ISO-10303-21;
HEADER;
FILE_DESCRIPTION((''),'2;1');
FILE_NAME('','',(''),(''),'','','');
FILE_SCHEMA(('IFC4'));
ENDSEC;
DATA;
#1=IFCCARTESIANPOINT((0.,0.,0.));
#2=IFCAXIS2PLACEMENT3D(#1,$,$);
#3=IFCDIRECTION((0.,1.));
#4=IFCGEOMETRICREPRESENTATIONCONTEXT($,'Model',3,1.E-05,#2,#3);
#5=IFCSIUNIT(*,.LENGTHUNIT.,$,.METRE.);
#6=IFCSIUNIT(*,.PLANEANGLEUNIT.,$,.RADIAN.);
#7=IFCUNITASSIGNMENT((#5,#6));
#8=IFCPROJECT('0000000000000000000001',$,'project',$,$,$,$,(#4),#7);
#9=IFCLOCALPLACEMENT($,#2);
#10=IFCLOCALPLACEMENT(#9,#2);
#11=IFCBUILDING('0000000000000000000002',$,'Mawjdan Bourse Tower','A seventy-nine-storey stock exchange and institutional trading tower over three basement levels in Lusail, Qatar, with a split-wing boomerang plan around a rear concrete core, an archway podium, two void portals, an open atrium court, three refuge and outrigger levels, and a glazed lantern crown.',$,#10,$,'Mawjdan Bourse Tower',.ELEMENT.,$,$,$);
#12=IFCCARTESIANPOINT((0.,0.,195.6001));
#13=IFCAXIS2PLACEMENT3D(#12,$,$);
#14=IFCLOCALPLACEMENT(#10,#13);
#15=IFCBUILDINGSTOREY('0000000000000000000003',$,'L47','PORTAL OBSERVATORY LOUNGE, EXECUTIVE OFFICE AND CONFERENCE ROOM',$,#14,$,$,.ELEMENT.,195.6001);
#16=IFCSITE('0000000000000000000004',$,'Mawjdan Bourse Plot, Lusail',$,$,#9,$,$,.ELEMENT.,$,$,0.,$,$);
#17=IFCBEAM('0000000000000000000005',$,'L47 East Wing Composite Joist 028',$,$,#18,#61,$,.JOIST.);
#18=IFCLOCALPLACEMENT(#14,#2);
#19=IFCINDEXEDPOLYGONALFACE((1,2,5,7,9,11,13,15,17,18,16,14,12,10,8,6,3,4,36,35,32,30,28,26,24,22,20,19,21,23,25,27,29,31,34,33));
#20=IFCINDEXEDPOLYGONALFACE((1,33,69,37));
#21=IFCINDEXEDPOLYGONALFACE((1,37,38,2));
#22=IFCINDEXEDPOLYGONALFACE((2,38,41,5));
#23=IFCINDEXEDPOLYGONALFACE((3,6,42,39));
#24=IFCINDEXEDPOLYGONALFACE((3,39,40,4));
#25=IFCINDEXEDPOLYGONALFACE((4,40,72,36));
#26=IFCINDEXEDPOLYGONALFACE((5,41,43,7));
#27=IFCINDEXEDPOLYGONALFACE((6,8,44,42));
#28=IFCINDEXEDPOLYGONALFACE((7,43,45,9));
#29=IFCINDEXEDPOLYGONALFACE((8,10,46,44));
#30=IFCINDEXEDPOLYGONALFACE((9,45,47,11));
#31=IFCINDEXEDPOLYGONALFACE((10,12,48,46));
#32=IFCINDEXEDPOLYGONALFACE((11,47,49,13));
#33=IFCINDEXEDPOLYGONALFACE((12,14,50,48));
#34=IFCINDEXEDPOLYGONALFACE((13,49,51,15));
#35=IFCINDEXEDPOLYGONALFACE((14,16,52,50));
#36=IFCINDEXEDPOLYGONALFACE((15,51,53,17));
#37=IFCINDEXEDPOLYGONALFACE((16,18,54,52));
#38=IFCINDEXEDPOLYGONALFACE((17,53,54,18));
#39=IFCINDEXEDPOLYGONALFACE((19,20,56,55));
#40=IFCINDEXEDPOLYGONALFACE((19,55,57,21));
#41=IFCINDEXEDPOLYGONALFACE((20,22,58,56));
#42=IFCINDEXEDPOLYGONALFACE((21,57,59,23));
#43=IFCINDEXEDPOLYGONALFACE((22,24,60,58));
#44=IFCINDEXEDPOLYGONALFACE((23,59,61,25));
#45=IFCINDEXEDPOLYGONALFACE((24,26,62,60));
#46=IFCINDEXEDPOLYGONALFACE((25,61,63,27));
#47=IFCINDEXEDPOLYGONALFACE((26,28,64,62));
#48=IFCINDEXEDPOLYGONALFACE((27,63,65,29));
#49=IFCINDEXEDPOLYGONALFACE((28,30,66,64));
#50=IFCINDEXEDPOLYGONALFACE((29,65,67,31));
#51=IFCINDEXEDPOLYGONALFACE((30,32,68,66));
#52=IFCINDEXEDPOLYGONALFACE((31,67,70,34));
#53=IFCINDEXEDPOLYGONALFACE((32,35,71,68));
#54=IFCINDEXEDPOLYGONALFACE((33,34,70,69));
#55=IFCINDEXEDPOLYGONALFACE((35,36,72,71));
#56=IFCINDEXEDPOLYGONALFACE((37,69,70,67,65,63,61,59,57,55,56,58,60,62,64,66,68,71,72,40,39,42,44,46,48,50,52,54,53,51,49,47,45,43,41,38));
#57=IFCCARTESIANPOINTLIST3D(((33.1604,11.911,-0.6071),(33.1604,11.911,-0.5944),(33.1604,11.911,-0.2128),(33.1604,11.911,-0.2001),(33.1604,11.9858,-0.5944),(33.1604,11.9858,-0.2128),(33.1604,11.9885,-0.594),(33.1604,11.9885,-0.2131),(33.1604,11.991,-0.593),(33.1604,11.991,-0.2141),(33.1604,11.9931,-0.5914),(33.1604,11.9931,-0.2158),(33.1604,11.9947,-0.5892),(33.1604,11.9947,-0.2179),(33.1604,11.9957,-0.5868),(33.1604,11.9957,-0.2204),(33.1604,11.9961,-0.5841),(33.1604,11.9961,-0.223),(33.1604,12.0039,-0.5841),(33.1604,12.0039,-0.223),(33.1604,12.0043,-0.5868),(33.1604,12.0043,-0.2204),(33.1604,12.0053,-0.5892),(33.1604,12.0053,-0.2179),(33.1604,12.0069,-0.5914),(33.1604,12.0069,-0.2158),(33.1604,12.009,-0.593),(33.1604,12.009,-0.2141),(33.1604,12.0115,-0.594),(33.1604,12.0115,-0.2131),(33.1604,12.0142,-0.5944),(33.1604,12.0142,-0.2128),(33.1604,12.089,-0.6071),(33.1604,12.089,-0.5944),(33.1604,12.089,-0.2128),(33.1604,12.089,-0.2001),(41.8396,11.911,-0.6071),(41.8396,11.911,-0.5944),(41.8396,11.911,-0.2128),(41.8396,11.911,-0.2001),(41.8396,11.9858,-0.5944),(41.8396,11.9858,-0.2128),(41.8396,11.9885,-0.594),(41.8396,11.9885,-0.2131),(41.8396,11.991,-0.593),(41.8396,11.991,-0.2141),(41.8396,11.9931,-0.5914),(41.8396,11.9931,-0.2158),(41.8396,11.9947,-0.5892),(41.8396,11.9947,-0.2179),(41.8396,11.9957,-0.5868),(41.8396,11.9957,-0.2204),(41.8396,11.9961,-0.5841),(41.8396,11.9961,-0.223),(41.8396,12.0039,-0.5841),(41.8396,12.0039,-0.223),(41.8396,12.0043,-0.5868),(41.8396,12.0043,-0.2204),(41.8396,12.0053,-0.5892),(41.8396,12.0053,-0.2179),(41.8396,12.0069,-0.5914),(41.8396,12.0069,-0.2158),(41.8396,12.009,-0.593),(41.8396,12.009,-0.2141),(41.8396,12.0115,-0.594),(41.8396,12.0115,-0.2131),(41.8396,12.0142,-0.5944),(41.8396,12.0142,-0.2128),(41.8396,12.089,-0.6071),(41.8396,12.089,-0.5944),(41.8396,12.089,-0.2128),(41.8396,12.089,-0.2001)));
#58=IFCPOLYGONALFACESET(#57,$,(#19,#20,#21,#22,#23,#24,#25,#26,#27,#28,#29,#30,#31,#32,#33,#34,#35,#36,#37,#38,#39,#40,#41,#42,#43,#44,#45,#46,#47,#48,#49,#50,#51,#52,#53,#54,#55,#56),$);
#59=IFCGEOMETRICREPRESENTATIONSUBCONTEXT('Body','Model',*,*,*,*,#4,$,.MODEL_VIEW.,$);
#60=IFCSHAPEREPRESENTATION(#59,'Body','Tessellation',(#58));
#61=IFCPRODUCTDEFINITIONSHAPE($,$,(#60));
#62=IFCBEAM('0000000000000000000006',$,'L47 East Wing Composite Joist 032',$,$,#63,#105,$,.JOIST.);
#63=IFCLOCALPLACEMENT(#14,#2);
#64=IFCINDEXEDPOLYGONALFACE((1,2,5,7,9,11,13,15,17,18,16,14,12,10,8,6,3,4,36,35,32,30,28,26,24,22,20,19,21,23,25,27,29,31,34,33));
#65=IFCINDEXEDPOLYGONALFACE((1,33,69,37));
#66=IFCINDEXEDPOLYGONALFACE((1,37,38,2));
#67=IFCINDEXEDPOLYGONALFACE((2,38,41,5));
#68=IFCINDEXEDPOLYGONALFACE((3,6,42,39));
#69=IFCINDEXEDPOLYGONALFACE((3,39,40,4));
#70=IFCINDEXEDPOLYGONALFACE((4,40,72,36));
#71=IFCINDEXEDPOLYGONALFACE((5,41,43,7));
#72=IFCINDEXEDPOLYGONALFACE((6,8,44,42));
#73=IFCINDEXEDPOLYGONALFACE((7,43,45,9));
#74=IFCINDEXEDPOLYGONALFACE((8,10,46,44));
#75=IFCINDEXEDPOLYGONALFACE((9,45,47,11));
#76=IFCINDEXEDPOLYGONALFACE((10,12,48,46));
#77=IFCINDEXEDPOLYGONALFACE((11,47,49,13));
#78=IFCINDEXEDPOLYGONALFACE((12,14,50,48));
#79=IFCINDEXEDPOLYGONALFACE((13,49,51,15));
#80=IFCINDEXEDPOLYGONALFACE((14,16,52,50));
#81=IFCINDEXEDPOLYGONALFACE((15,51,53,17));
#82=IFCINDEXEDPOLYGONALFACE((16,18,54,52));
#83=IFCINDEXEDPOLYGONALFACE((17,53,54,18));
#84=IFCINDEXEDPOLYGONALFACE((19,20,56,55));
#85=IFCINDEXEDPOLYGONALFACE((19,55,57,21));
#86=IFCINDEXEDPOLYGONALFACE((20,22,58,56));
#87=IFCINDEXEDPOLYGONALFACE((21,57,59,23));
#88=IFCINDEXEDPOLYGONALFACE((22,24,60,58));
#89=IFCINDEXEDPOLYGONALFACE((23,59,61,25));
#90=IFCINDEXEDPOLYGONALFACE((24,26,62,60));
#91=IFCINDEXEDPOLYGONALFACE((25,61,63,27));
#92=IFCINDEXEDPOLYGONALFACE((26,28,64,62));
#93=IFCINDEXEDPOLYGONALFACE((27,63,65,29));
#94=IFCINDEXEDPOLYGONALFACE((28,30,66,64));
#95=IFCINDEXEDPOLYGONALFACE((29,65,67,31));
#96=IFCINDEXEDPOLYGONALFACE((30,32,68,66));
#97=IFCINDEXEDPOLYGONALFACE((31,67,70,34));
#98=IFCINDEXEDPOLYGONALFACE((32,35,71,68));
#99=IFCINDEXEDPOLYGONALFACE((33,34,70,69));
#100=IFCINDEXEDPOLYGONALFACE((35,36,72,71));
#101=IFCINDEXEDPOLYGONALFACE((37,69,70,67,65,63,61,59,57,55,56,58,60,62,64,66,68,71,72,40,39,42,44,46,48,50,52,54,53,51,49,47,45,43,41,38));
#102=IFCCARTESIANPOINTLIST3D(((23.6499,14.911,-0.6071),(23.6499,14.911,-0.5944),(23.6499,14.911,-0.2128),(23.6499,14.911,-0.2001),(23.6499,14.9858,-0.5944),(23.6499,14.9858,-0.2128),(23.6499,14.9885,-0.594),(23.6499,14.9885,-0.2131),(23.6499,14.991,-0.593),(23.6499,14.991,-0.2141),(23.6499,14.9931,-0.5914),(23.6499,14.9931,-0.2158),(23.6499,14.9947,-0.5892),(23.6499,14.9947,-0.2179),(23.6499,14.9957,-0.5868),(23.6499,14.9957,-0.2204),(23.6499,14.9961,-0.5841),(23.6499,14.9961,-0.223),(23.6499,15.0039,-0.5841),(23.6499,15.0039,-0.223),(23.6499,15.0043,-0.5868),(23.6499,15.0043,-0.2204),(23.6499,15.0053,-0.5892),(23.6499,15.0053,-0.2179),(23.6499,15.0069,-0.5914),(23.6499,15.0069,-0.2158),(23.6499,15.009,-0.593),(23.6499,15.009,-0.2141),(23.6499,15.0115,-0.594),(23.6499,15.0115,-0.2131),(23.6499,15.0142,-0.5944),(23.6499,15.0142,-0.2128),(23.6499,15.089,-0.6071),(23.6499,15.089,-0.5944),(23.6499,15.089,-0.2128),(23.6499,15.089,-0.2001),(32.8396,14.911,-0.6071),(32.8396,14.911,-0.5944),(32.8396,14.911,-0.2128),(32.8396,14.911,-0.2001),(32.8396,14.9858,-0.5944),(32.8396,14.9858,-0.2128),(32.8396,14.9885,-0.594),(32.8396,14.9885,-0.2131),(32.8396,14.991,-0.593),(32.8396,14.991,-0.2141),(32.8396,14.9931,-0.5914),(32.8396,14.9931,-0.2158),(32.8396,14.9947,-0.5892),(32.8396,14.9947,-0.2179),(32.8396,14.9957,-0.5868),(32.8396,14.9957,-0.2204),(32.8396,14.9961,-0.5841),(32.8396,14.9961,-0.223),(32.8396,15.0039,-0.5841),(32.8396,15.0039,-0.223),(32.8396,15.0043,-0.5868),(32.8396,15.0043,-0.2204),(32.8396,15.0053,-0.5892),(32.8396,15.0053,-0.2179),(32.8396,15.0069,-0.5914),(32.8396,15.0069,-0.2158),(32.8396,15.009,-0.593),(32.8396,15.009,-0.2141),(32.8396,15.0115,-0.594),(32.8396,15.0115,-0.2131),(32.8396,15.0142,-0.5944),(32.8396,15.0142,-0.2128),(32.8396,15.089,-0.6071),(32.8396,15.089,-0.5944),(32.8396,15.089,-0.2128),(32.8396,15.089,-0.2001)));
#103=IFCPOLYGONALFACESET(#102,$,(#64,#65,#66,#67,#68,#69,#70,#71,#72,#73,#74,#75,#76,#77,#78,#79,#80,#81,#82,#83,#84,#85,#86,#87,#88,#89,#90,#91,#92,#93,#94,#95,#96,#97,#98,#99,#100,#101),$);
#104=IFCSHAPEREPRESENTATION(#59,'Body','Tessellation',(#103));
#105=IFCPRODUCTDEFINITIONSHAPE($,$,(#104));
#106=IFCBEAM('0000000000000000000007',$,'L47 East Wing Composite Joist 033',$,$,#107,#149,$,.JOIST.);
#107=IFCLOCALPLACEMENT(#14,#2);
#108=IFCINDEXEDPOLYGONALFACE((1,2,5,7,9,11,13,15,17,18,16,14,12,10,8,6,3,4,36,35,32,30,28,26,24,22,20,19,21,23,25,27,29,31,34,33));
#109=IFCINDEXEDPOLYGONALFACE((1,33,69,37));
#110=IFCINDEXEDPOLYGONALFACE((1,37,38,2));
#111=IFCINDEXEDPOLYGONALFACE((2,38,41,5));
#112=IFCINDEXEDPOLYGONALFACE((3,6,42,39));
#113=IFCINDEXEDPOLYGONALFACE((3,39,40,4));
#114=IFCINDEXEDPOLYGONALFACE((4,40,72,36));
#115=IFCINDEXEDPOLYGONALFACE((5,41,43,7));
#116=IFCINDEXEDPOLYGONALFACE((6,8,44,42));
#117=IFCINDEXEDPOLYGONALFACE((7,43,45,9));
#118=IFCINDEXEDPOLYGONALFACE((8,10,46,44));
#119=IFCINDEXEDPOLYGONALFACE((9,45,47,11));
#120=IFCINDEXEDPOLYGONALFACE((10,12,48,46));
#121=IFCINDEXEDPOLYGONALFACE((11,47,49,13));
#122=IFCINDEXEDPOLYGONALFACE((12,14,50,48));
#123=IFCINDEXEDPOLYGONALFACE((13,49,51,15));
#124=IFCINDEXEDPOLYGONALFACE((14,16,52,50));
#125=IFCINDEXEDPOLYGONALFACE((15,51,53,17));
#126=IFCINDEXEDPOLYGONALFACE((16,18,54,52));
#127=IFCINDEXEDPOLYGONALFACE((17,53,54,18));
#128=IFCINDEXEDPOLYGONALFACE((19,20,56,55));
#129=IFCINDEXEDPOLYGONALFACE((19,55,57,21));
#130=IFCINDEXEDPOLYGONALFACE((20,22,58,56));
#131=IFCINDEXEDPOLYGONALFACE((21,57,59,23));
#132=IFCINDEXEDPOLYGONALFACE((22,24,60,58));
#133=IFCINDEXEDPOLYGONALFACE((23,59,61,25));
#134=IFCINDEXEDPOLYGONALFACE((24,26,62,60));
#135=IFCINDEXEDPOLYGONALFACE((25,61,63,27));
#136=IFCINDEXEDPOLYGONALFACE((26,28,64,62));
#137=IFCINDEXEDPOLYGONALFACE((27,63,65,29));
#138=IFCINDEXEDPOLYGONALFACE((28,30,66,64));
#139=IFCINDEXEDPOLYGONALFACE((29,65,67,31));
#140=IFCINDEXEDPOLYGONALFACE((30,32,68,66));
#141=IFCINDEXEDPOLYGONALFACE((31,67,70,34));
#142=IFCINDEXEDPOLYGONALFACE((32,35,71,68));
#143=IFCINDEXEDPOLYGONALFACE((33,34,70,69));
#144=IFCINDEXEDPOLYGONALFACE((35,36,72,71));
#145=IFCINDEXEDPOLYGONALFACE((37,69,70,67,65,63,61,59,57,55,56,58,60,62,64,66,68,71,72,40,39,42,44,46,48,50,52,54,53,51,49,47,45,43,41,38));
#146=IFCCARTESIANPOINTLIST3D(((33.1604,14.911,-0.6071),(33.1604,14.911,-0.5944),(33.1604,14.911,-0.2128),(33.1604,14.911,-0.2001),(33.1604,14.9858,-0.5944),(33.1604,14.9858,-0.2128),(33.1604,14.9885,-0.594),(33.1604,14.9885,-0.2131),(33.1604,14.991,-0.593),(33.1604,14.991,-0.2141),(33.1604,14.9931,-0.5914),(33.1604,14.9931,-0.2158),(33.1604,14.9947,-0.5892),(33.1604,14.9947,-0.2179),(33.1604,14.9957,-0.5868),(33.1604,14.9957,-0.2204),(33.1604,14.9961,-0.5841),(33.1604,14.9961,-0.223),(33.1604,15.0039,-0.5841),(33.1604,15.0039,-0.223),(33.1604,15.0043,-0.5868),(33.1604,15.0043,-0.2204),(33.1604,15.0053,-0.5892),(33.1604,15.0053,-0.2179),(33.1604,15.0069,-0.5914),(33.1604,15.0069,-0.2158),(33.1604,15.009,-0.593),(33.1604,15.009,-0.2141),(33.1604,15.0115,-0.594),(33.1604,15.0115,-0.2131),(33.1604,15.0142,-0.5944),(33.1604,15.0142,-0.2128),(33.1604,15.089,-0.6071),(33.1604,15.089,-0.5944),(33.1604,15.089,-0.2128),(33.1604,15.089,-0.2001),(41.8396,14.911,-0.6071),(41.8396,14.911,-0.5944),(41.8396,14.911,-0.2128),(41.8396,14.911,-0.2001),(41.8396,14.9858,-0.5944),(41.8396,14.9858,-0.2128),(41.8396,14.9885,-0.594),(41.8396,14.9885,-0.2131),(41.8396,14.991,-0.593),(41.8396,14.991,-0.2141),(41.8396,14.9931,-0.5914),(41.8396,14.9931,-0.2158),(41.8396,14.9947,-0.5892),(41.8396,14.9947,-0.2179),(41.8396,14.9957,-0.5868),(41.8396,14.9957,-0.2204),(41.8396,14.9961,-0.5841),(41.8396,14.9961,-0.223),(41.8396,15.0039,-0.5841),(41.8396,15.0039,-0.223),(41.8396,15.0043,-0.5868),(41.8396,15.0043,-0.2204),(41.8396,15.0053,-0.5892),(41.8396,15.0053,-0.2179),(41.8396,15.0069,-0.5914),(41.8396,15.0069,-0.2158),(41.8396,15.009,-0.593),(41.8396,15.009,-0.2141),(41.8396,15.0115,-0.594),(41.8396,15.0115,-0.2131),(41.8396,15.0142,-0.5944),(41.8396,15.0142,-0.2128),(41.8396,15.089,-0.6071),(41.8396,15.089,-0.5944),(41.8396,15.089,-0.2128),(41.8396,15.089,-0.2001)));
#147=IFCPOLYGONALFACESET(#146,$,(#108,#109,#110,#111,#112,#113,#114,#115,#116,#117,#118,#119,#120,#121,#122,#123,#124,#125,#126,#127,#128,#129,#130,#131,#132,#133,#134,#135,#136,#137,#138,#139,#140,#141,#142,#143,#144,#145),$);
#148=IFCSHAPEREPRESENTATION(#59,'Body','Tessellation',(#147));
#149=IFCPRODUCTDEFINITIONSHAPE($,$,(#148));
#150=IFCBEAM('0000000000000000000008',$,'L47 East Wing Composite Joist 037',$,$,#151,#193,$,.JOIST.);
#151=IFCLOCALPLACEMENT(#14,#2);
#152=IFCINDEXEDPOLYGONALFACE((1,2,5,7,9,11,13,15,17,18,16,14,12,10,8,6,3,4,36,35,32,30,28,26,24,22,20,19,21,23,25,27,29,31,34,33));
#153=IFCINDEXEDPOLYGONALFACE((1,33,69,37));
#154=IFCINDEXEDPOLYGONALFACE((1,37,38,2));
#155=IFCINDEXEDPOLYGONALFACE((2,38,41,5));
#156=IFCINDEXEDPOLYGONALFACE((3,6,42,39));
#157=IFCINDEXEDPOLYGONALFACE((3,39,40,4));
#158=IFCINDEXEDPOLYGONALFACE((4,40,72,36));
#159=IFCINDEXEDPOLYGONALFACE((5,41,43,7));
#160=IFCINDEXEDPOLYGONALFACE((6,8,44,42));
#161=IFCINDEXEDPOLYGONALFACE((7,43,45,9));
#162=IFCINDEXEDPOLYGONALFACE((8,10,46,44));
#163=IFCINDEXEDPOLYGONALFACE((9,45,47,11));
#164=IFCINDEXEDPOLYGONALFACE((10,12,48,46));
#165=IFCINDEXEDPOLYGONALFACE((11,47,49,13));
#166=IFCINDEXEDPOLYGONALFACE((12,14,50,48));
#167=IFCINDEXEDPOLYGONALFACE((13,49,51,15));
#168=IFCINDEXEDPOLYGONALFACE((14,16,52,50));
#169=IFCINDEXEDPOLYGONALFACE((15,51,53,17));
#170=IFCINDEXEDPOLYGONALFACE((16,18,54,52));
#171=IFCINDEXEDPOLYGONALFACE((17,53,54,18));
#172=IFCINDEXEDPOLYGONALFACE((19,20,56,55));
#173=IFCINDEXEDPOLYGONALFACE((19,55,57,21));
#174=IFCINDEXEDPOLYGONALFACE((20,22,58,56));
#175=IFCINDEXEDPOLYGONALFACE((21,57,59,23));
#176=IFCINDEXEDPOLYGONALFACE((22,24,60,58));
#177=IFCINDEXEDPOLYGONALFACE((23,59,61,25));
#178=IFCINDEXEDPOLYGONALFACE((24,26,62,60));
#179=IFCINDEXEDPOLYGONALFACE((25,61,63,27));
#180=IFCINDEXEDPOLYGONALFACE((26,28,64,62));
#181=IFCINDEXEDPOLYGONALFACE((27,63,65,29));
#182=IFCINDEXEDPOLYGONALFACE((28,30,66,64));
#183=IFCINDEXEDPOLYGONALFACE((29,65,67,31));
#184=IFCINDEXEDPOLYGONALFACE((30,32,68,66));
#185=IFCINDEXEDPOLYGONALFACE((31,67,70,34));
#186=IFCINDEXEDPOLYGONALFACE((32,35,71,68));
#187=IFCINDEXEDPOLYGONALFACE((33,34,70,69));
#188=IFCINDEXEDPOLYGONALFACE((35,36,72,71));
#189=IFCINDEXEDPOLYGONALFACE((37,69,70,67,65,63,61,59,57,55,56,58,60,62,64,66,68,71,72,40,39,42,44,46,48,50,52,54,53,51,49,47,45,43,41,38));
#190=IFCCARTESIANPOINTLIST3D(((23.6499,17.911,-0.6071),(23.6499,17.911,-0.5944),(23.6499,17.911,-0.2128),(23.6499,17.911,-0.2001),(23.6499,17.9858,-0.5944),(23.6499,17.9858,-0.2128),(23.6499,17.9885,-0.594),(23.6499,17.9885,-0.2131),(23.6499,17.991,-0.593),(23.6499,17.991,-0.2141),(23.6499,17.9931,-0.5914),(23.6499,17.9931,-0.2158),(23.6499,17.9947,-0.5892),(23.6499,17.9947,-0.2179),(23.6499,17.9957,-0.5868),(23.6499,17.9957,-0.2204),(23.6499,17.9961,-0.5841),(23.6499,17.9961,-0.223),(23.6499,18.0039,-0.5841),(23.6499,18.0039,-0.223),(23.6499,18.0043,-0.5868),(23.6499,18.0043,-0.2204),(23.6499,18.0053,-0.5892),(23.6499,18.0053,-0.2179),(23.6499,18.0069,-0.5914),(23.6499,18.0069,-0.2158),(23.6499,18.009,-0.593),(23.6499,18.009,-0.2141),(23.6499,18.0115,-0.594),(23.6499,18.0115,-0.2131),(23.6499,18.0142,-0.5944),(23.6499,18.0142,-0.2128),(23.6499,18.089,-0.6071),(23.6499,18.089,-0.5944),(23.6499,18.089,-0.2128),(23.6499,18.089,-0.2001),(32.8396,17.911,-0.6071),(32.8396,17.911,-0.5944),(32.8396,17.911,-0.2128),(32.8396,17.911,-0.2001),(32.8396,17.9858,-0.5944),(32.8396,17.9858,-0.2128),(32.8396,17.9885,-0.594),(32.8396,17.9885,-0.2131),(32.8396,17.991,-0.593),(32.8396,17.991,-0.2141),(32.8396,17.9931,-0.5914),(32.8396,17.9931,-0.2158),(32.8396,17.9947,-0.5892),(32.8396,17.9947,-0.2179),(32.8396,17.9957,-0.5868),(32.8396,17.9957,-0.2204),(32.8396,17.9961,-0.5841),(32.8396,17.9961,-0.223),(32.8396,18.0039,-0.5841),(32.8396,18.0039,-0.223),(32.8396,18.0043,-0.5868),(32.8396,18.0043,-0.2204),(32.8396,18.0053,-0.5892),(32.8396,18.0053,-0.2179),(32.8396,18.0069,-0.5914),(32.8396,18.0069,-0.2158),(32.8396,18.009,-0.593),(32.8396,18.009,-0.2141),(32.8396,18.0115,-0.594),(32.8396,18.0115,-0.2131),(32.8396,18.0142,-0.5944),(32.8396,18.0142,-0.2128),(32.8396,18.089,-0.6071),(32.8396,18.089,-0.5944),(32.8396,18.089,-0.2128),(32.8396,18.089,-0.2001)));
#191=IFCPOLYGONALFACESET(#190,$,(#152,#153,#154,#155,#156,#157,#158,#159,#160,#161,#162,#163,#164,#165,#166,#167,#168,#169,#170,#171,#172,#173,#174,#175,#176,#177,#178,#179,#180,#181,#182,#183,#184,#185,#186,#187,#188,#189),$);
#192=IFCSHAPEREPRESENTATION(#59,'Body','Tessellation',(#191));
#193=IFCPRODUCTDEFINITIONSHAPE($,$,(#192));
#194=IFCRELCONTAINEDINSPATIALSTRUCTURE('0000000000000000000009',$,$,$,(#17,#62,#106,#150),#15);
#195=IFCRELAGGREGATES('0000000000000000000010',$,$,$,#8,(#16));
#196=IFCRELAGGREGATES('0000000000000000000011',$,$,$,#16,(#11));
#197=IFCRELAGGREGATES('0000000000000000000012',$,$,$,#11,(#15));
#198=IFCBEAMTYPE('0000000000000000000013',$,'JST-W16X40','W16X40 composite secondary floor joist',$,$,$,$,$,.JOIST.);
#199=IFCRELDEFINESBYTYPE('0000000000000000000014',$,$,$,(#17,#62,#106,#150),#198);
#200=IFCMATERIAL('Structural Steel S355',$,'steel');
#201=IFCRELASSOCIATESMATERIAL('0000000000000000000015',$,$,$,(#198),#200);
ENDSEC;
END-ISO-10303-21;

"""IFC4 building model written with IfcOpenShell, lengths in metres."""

from ifc_helpers import new_model, si_unit, direction, frame, origin, origin_2d, place, context, subcontext, project, spatial, i_section, extrude, material, material_profile, profile_set, type_object, element, save


model = new_model("IFC4")

# Units and contexts
model_context = context("Model", 3, precision=1e-05, world=origin(), true_north=direction((0.0, 1.0)))
body_context = subcontext(model_context, "Body", "Model", "MODEL_VIEW")
ifc_project = project(units=[si_unit("LENGTHUNIT", "METRE"), si_unit("PLANEANGLEUNIT", "RADIAN")], contexts=[model_context])

# Site, building, storey
site_placement = place(None, origin())
site = spatial("IfcSite", under=ifc_project, at=site_placement, Name="Mawjdan Bourse Plot, Lusail", CompositionType="ELEMENT", RefElevation=0.0)
building_placement = place(site_placement, origin())
building = spatial("IfcBuilding", under=site, at=building_placement, Name="Mawjdan Bourse Tower", Description="A seventy-nine-storey stock exchange and institutional trading tower over three basement levels in Lusail, Qatar, with a split-wing boomerang plan around a rear concrete core, an archway podium, two void portals, an open atrium court, three refuge and outrigger levels, and a glazed lantern crown.", LongName="Mawjdan Bourse Tower", CompositionType="ELEMENT")
storey_placement = place(building_placement, frame((0.0, 0.0, 195.6001)))
storey = spatial("IfcBuildingStorey", under=building, at=storey_placement, Name="L47", Description="PORTAL OBSERVATORY LOUNGE, EXECUTIVE OFFICE AND CONFERENCE ROOM", CompositionType="ELEMENT", Elevation=195.6001)

# Beams
ifc_material_1 = material(Name="Structural Steel S355", Category="steel")
ifc_material_profile_1 = material_profile(ifc_material_1, i_section(OverallWidth=0.178, OverallDepth=0.407, WebThickness=0.0078, FlangeThickness=0.0127, FilletRadius=0.0103, at=origin_2d()), Name="W16X40")
ifc_profile_set_1 = profile_set([ifc_material_profile_1], Name="Structural Steel S355")
beam_type_1 = type_object("IfcBeamType", Name="JST-W16X40", Description="W16X40 composite secondary floor joist", PredefinedType="JOIST", material=ifc_profile_set_1)
for number, where, z_axis, x_axis, name in (
    (1, (33.1604, 12.0, -0.4036), (1.0, 0.0, 0.0), (0.0, 1.0, 0.0), "L47 East Wing Composite Joist 028"),
):
    element("IfcBeam", number, at=place(storey_placement, frame(where, z_axis=z_axis, x_axis=x_axis)), inside=storey, type_object=beam_type_1, Name=name, PredefinedType="JOIST", context=body_context, shape_type="SweptSolid", body=[
        extrude(i_section(OverallWidth=0.178, OverallDepth=0.407, WebThickness=0.0078, FlangeThickness=0.0127, FilletRadius=0.0103, at=origin_2d()), origin(), (0.0, 0.0, 1.0), 8.6792),
    ])
beam_1_placement = place(storey_placement, frame((23.6499, 15.0, -0.4036), z_axis=(1.0, 0.0, 0.0), x_axis=(0.0, 1.0, 0.0)))
element("IfcBeam", 2, at=beam_1_placement, inside=storey, type_object=beam_type_1, Name="L47 East Wing Composite Joist 032", PredefinedType="JOIST", context=body_context, shape_type="SweptSolid", body=[
    extrude(i_section(OverallWidth=0.178, OverallDepth=0.407, WebThickness=0.0078, FlangeThickness=0.0127, FilletRadius=0.0103, at=origin_2d()), origin(), (0.0, 0.0, 1.0), 9.1897),
])
beam_2_placement = place(storey_placement, frame((33.1604, 15.0, -0.4036), z_axis=(1.0, 0.0, 0.0), x_axis=(0.0, 1.0, 0.0)))
element("IfcBeam", 3, at=beam_2_placement, inside=storey, type_object=beam_type_1, Name="L47 East Wing Composite Joist 033", PredefinedType="JOIST", context=body_context, shape_type="SweptSolid", body=[
    extrude(i_section(OverallWidth=0.178, OverallDepth=0.407, WebThickness=0.0078, FlangeThickness=0.0127, FilletRadius=0.0103, at=origin_2d()), origin(), (0.0, 0.0, 1.0), 8.6792),
])
beam_3_placement = place(storey_placement, frame((23.6499, 18.0, -0.4036), z_axis=(1.0, 0.0, 0.0), x_axis=(0.0, 1.0, 0.0)))
element("IfcBeam", 4, at=beam_3_placement, inside=storey, type_object=beam_type_1, Name="L47 East Wing Composite Joist 037", PredefinedType="JOIST", context=body_context, shape_type="SweptSolid", body=[
    extrude(i_section(OverallWidth=0.178, OverallDepth=0.407, WebThickness=0.0078, FlangeThickness=0.0127, FilletRadius=0.0103, at=origin_2d()), origin(), (0.0, 0.0, 1.0), 9.1897),
])

save(model, "model.ifc")
